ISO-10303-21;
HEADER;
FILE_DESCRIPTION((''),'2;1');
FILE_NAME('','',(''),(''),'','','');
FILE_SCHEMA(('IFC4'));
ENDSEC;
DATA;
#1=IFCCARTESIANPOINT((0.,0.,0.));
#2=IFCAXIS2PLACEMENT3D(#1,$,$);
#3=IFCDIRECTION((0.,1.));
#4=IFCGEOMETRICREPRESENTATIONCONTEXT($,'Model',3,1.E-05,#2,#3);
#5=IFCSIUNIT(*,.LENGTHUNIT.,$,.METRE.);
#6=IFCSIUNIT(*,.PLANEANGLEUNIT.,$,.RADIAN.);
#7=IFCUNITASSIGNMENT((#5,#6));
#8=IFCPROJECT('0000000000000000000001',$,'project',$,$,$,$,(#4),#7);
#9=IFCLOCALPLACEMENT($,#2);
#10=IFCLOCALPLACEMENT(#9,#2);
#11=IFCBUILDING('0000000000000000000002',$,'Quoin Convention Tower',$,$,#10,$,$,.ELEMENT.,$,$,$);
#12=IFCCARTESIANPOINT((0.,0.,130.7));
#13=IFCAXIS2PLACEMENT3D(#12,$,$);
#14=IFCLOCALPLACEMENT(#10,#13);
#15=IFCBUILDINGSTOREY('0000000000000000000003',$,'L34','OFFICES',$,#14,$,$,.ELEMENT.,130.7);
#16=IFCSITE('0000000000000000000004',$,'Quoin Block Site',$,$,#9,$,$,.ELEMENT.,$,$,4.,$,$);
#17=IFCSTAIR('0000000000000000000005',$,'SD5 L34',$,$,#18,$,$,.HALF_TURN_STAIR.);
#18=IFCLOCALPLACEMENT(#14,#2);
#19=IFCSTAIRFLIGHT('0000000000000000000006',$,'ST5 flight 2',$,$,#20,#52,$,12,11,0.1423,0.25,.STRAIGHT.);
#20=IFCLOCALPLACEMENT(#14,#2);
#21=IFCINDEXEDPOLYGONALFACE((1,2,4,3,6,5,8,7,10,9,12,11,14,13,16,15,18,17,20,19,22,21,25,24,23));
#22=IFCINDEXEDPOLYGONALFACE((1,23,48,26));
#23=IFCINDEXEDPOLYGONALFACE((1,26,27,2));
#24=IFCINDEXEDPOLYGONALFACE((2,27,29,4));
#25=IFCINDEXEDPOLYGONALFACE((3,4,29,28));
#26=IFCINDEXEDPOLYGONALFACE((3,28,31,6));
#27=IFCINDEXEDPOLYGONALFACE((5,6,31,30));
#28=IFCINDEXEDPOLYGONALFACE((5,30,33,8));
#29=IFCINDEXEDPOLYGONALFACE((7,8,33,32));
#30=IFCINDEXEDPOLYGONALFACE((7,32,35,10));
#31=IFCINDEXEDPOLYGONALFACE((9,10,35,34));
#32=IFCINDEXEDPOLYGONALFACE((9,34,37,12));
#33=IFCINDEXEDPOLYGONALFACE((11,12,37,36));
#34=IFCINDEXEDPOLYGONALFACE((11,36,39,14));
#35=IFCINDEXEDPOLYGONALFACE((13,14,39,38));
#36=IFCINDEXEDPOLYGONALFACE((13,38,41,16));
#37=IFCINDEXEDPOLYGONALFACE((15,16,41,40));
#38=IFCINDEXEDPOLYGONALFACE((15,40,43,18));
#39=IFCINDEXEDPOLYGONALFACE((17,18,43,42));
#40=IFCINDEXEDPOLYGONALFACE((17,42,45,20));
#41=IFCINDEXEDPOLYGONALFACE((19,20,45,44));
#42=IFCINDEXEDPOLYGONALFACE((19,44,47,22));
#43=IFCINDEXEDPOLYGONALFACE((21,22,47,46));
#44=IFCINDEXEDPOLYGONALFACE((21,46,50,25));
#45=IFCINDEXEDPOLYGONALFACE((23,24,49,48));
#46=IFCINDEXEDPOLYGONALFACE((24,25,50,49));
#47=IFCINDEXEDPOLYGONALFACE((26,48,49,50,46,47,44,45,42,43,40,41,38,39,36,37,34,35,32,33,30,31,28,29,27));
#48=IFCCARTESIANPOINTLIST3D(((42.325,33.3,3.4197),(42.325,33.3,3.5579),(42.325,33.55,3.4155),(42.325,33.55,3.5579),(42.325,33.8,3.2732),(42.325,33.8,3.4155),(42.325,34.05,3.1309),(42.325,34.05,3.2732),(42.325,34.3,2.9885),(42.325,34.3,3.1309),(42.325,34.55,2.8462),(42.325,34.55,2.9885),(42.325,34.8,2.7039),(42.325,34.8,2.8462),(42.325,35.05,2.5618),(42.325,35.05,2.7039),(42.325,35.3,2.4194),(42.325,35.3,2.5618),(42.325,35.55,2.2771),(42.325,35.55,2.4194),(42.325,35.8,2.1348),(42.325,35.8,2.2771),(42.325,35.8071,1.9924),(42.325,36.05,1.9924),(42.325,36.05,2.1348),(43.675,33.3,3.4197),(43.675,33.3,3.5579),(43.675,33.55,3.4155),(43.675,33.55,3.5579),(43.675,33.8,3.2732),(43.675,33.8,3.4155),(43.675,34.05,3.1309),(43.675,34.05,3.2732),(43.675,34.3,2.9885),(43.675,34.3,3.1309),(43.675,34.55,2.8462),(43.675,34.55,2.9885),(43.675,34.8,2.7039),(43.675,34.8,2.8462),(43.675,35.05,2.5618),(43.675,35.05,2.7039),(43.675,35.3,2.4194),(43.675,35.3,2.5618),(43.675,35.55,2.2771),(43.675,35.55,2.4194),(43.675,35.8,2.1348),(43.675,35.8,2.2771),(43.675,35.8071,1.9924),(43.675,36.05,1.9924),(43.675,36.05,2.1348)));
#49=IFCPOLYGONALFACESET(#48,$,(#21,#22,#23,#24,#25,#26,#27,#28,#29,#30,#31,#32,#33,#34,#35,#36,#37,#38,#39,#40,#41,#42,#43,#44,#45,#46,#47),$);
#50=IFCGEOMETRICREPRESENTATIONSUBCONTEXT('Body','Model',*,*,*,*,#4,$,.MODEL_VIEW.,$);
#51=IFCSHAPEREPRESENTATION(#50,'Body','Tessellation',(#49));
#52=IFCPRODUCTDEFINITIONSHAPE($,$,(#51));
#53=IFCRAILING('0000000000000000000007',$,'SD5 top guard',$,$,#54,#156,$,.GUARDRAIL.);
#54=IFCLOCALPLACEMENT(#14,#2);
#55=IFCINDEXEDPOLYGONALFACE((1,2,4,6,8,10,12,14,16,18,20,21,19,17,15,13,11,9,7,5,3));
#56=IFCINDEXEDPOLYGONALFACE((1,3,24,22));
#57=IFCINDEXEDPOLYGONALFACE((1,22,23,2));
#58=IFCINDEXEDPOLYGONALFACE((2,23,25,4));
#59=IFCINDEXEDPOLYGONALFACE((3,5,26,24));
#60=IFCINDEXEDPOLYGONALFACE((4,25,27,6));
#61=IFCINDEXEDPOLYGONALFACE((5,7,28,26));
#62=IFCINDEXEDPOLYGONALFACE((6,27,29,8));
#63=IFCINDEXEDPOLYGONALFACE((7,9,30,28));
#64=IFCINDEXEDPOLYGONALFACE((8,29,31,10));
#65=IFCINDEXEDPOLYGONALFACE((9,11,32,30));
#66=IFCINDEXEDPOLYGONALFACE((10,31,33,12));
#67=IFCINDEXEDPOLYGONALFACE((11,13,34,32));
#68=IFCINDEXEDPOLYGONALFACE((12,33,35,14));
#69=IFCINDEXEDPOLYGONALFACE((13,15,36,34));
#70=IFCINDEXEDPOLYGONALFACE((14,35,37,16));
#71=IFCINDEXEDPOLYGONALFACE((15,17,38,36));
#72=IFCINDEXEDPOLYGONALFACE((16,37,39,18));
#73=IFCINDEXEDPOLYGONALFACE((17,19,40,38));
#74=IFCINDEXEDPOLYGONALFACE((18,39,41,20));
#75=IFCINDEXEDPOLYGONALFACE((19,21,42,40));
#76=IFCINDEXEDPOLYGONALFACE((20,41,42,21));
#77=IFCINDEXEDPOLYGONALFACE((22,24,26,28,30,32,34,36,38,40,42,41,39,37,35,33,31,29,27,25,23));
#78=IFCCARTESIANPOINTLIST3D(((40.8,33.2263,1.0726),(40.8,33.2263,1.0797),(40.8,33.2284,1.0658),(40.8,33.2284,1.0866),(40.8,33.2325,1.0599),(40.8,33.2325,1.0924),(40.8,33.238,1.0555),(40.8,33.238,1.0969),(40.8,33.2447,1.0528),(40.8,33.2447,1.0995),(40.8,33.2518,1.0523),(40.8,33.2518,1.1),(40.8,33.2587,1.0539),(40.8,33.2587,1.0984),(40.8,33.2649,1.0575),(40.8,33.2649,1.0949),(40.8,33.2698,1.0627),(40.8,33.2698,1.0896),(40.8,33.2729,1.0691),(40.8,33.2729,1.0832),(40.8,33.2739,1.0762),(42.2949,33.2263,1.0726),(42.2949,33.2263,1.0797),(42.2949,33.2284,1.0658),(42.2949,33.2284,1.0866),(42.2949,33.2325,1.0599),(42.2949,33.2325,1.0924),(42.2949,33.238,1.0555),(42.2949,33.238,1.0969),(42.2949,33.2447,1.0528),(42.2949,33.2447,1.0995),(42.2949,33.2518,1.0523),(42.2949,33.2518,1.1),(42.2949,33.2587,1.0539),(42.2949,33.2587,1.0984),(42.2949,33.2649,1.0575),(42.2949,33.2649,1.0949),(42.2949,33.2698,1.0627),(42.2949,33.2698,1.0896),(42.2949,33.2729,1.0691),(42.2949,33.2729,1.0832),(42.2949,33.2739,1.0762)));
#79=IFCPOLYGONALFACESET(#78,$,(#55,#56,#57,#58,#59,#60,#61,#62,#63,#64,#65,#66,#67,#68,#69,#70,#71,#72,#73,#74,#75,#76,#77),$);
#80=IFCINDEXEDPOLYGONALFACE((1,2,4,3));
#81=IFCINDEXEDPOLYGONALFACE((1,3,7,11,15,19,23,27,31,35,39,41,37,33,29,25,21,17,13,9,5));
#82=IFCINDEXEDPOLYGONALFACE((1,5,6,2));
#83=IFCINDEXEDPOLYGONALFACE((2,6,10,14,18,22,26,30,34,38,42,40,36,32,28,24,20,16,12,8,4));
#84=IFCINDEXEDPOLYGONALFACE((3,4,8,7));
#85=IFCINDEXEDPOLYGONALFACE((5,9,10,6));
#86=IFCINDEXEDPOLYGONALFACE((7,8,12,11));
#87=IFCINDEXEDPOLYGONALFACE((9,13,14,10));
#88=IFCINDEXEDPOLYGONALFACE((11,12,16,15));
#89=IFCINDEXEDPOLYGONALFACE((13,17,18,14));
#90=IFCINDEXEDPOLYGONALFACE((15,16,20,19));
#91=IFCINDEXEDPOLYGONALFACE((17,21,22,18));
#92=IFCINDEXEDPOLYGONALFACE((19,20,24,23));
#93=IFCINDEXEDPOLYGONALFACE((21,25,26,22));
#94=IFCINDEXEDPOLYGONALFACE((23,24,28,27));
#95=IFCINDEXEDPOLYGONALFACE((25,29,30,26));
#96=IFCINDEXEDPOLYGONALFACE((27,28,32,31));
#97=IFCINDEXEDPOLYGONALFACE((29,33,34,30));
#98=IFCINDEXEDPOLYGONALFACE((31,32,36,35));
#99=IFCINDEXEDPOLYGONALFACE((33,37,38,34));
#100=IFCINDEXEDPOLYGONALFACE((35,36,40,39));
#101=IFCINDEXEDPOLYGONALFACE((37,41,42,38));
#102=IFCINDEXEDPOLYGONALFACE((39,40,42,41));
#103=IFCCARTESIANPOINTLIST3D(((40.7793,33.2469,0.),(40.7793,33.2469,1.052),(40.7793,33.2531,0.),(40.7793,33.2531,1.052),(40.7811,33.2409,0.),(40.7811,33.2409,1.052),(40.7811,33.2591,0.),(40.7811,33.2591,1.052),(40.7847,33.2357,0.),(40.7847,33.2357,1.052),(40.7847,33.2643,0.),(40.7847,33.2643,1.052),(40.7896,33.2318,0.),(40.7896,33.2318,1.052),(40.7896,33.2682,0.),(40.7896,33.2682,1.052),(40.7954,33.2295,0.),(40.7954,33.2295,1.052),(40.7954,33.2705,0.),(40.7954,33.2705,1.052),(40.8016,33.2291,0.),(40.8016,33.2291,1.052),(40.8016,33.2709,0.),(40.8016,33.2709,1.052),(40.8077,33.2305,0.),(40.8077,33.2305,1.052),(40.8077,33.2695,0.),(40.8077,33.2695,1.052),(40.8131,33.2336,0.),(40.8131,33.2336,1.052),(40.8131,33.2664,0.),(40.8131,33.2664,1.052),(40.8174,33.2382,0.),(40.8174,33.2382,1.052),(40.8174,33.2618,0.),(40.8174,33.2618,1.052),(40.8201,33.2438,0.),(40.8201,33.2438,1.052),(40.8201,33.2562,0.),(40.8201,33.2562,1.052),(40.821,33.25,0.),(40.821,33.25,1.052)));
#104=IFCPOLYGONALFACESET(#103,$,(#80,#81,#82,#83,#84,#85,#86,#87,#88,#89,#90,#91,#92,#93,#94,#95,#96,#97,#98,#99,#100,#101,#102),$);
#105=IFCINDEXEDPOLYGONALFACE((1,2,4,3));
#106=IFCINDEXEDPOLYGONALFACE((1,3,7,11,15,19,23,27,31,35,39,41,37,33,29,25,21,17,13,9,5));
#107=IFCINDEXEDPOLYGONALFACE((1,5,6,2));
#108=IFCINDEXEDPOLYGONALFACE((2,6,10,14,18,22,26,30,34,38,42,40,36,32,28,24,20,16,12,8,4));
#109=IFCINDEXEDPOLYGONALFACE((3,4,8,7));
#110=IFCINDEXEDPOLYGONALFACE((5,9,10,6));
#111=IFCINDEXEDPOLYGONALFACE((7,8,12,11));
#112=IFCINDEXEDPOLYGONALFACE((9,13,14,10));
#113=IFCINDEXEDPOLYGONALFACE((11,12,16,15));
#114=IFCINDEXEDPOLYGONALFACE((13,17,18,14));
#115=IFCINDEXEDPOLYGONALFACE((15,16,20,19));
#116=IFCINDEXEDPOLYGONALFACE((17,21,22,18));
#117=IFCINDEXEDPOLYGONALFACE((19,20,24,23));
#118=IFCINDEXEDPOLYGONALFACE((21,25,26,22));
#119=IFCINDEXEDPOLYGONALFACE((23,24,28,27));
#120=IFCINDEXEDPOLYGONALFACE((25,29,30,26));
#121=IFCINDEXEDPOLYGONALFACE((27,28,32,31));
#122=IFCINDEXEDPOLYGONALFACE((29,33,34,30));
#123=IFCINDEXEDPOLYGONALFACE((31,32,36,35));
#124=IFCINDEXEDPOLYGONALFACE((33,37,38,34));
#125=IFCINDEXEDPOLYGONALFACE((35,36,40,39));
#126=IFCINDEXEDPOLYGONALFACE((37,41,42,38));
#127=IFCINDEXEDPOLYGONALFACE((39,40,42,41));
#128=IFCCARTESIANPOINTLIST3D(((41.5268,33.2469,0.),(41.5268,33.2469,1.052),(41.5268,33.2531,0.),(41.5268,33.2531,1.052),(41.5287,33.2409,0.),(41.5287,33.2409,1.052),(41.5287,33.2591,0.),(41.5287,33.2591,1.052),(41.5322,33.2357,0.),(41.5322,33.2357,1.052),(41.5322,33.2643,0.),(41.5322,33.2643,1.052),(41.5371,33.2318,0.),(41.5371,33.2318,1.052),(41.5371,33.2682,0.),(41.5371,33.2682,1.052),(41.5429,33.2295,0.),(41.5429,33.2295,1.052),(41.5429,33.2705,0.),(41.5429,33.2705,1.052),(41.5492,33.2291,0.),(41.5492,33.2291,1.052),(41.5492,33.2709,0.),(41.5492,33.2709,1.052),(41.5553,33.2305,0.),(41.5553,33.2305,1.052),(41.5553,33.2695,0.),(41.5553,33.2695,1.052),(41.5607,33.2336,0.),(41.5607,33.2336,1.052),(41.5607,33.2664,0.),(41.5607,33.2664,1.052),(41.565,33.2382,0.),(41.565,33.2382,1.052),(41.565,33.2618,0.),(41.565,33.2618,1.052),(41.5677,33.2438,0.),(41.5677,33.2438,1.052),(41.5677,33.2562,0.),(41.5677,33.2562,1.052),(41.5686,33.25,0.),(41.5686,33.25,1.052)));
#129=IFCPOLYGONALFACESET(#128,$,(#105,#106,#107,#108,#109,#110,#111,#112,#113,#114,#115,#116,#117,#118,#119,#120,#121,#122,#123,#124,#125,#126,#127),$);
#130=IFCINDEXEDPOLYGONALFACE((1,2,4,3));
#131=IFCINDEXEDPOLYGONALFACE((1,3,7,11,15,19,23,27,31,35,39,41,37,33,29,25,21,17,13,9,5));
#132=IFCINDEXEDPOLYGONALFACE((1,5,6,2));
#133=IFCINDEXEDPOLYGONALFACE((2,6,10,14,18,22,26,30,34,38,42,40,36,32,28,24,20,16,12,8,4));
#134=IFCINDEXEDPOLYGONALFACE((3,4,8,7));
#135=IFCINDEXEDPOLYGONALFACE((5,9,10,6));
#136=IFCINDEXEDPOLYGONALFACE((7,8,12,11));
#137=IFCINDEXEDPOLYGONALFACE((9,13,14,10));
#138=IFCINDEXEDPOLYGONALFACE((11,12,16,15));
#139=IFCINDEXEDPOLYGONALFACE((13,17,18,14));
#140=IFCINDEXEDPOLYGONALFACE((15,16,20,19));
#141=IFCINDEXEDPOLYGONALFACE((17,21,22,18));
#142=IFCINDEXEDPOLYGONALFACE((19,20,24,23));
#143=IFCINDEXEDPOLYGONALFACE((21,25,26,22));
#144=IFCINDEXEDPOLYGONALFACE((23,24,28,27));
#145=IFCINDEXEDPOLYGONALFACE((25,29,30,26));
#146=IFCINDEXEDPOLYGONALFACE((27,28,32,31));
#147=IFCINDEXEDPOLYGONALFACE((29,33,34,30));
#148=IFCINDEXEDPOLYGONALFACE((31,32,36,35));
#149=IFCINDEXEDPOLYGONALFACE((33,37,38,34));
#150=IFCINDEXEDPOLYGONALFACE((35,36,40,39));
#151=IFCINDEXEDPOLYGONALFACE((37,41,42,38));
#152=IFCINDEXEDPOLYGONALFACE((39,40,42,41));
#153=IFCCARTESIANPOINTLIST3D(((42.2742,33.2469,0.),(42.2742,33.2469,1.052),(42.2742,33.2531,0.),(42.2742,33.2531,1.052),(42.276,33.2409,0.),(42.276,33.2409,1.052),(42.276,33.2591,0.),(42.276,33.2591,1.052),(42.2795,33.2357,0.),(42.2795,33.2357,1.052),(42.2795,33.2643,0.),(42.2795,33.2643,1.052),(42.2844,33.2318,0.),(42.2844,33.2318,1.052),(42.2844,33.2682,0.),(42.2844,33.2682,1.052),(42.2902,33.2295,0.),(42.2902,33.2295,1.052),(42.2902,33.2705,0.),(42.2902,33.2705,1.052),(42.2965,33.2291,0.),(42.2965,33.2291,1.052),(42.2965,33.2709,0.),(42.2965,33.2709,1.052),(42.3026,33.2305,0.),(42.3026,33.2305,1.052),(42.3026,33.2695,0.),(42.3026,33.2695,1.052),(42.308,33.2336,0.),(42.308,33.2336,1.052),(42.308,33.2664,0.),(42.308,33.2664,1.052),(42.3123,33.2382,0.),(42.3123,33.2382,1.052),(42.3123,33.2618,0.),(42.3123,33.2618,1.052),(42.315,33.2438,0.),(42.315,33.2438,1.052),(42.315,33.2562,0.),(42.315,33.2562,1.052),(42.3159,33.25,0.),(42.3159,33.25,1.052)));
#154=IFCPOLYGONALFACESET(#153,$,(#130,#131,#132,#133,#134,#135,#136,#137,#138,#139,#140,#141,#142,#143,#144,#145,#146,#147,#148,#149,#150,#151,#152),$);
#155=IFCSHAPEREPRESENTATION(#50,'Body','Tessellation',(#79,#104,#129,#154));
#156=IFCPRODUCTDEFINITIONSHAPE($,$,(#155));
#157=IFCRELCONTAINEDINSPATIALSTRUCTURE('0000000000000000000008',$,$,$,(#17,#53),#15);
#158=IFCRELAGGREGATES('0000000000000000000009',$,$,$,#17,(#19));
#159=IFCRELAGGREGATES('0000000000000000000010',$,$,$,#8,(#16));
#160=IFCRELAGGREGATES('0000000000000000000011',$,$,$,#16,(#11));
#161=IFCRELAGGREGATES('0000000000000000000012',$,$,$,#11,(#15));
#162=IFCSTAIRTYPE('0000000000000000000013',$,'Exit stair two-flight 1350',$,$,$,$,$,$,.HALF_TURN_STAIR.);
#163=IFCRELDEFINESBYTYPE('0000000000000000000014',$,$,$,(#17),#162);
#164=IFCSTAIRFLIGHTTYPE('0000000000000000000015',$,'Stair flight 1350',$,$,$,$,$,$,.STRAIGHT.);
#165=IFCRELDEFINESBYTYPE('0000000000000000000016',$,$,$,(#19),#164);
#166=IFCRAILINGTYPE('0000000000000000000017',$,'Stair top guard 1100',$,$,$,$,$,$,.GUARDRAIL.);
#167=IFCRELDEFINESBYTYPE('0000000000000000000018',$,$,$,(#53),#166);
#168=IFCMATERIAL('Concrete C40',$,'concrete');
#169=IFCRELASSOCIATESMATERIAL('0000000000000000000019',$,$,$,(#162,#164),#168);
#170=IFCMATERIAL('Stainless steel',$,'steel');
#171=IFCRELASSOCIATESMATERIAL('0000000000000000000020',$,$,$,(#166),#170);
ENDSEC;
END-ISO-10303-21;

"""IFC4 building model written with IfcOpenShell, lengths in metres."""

from ifc_helpers import new_model, si_unit, direction, frame, origin, origin_2d, place, context, subcontext, project, spatial, polyline, circle, outline, extrude, material, type_object, element, aggregate, save


model = new_model("IFC4")

# Units and contexts
model_context = context("Model", 3, precision=1e-05, world=origin(), true_north=direction((0.0, 1.0)))
body_context = subcontext(model_context, "Body", "Model", "MODEL_VIEW")
ifc_project = project(units=[si_unit("LENGTHUNIT", "METRE"), si_unit("PLANEANGLEUNIT", "RADIAN")], contexts=[model_context])

# Site, building, storey
site_placement = place(None, origin())
site = spatial("IfcSite", under=ifc_project, at=site_placement, Name="Quoin Block Site", CompositionType="ELEMENT", RefElevation=4.0)
building_placement = place(site_placement, origin())
building = spatial("IfcBuilding", under=site, at=building_placement, Name="Quoin Convention Tower", CompositionType="ELEMENT")
storey_placement = place(building_placement, frame((0.0, 0.0, 130.7)))
storey = spatial("IfcBuildingStorey", under=building, at=storey_placement, Name="L34", Description="OFFICES", CompositionType="ELEMENT", Elevation=130.7)

# Stair, stair flight
ifc_material_1 = material(Name="Concrete C40", Category="concrete")
stair_type = type_object("IfcStairType", Name="Exit stair two-flight 1350", PredefinedType="HALF_TURN_STAIR", material=ifc_material_1)
stair_placement = place(storey_placement, origin())
stair = element("IfcStair", 1, at=stair_placement, inside=storey, type_object=stair_type, Name="SD5 L34", PredefinedType="HALF_TURN_STAIR")
stair_flight_type = type_object("IfcStairFlightType", Name="Stair flight 1350", PredefinedType="STRAIGHT", material=ifc_material_1)
stair_flight_1_placement = place(storey_placement, frame((43.0, 36.05, 1.9924), z_axis=(0.0, 0.0, 1.0), x_axis=(0.0, -1.0, 0.0)))
stair_flight_1 = element("IfcStairFlight", 2, at=stair_flight_1_placement, type_object=stair_flight_type, Name="ST5 flight 2", NumberOfRisers=12, NumberOfTreads=11, PredefinedType="STRAIGHT", RiserHeight=0.1423, TreadLength=0.25, context=body_context, shape_type="SweptSolid", body=[
    extrude(outline(polyline([(0.0, 0.0), (0.0, 0.1423), (0.25, 0.1423), (0.25, 0.2847), (0.5, 0.2847), (0.5, 0.427), (0.75, 0.427), (0.75, 0.5693), (1.0, 0.5693), (1.0, 0.7114), (1.25, 0.7114), (1.25, 0.8538), (1.5, 0.8538), (1.5, 0.9961), (1.75, 0.9961), (1.75, 1.1384), (2.0, 1.1384), (2.0, 1.2808), (2.25, 1.2808), (2.25, 1.4231), (2.5, 1.4231), (2.5, 1.5654), (2.75, 1.5654), (2.75, 1.7078), (2.75, 1.4272), (0.2429, 0.0), (0.0, 0.0)])), frame((0.0, 0.675, 0.0), z_axis=(0.0, -1.0, 0.0), x_axis=(1.0, 0.0, 0.0)), (0.0, 0.0, 1.0), 1.3501),
])
aggregate(stair, [stair_flight_1])

# Railing
ifc_material_2 = material(Name="Stainless steel", Category="steel")
railing_type_1 = type_object("IfcRailingType", Name="Stair top guard 1100", PredefinedType="GUARDRAIL", material=ifc_material_2)
railing_1_placement = place(storey_placement, frame((40.8, 33.25, 0.0)))
element("IfcRailing", 3, at=railing_1_placement, inside=storey, type_object=railing_type_1, Name="SD5 top guard", PredefinedType="GUARDRAIL", context=body_context, shape_type="SweptSolid", body=[
    extrude(circle(Radius=0.0239, at=origin_2d()), frame((0.0, 0.0, 1.0762), z_axis=(1.0, 0.0, 0.0), x_axis=(0.0, 1.0, 0.0)), (0.0, 0.0, 1.0), 1.4949),
    extrude(circle(Radius=0.021, at=origin_2d()), origin(), (0.0, 0.0, 1.0), 1.052),
    extrude(circle(Radius=0.021, at=origin_2d()), frame((0.7476, 0.0, 0.0)), (0.0, 0.0, 1.0), 1.052),
    extrude(circle(Radius=0.021, at=origin_2d()), frame((1.4949, 0.0, 0.0)), (0.0, 0.0, 1.0), 1.052),
])

save(model, "model.ifc")
